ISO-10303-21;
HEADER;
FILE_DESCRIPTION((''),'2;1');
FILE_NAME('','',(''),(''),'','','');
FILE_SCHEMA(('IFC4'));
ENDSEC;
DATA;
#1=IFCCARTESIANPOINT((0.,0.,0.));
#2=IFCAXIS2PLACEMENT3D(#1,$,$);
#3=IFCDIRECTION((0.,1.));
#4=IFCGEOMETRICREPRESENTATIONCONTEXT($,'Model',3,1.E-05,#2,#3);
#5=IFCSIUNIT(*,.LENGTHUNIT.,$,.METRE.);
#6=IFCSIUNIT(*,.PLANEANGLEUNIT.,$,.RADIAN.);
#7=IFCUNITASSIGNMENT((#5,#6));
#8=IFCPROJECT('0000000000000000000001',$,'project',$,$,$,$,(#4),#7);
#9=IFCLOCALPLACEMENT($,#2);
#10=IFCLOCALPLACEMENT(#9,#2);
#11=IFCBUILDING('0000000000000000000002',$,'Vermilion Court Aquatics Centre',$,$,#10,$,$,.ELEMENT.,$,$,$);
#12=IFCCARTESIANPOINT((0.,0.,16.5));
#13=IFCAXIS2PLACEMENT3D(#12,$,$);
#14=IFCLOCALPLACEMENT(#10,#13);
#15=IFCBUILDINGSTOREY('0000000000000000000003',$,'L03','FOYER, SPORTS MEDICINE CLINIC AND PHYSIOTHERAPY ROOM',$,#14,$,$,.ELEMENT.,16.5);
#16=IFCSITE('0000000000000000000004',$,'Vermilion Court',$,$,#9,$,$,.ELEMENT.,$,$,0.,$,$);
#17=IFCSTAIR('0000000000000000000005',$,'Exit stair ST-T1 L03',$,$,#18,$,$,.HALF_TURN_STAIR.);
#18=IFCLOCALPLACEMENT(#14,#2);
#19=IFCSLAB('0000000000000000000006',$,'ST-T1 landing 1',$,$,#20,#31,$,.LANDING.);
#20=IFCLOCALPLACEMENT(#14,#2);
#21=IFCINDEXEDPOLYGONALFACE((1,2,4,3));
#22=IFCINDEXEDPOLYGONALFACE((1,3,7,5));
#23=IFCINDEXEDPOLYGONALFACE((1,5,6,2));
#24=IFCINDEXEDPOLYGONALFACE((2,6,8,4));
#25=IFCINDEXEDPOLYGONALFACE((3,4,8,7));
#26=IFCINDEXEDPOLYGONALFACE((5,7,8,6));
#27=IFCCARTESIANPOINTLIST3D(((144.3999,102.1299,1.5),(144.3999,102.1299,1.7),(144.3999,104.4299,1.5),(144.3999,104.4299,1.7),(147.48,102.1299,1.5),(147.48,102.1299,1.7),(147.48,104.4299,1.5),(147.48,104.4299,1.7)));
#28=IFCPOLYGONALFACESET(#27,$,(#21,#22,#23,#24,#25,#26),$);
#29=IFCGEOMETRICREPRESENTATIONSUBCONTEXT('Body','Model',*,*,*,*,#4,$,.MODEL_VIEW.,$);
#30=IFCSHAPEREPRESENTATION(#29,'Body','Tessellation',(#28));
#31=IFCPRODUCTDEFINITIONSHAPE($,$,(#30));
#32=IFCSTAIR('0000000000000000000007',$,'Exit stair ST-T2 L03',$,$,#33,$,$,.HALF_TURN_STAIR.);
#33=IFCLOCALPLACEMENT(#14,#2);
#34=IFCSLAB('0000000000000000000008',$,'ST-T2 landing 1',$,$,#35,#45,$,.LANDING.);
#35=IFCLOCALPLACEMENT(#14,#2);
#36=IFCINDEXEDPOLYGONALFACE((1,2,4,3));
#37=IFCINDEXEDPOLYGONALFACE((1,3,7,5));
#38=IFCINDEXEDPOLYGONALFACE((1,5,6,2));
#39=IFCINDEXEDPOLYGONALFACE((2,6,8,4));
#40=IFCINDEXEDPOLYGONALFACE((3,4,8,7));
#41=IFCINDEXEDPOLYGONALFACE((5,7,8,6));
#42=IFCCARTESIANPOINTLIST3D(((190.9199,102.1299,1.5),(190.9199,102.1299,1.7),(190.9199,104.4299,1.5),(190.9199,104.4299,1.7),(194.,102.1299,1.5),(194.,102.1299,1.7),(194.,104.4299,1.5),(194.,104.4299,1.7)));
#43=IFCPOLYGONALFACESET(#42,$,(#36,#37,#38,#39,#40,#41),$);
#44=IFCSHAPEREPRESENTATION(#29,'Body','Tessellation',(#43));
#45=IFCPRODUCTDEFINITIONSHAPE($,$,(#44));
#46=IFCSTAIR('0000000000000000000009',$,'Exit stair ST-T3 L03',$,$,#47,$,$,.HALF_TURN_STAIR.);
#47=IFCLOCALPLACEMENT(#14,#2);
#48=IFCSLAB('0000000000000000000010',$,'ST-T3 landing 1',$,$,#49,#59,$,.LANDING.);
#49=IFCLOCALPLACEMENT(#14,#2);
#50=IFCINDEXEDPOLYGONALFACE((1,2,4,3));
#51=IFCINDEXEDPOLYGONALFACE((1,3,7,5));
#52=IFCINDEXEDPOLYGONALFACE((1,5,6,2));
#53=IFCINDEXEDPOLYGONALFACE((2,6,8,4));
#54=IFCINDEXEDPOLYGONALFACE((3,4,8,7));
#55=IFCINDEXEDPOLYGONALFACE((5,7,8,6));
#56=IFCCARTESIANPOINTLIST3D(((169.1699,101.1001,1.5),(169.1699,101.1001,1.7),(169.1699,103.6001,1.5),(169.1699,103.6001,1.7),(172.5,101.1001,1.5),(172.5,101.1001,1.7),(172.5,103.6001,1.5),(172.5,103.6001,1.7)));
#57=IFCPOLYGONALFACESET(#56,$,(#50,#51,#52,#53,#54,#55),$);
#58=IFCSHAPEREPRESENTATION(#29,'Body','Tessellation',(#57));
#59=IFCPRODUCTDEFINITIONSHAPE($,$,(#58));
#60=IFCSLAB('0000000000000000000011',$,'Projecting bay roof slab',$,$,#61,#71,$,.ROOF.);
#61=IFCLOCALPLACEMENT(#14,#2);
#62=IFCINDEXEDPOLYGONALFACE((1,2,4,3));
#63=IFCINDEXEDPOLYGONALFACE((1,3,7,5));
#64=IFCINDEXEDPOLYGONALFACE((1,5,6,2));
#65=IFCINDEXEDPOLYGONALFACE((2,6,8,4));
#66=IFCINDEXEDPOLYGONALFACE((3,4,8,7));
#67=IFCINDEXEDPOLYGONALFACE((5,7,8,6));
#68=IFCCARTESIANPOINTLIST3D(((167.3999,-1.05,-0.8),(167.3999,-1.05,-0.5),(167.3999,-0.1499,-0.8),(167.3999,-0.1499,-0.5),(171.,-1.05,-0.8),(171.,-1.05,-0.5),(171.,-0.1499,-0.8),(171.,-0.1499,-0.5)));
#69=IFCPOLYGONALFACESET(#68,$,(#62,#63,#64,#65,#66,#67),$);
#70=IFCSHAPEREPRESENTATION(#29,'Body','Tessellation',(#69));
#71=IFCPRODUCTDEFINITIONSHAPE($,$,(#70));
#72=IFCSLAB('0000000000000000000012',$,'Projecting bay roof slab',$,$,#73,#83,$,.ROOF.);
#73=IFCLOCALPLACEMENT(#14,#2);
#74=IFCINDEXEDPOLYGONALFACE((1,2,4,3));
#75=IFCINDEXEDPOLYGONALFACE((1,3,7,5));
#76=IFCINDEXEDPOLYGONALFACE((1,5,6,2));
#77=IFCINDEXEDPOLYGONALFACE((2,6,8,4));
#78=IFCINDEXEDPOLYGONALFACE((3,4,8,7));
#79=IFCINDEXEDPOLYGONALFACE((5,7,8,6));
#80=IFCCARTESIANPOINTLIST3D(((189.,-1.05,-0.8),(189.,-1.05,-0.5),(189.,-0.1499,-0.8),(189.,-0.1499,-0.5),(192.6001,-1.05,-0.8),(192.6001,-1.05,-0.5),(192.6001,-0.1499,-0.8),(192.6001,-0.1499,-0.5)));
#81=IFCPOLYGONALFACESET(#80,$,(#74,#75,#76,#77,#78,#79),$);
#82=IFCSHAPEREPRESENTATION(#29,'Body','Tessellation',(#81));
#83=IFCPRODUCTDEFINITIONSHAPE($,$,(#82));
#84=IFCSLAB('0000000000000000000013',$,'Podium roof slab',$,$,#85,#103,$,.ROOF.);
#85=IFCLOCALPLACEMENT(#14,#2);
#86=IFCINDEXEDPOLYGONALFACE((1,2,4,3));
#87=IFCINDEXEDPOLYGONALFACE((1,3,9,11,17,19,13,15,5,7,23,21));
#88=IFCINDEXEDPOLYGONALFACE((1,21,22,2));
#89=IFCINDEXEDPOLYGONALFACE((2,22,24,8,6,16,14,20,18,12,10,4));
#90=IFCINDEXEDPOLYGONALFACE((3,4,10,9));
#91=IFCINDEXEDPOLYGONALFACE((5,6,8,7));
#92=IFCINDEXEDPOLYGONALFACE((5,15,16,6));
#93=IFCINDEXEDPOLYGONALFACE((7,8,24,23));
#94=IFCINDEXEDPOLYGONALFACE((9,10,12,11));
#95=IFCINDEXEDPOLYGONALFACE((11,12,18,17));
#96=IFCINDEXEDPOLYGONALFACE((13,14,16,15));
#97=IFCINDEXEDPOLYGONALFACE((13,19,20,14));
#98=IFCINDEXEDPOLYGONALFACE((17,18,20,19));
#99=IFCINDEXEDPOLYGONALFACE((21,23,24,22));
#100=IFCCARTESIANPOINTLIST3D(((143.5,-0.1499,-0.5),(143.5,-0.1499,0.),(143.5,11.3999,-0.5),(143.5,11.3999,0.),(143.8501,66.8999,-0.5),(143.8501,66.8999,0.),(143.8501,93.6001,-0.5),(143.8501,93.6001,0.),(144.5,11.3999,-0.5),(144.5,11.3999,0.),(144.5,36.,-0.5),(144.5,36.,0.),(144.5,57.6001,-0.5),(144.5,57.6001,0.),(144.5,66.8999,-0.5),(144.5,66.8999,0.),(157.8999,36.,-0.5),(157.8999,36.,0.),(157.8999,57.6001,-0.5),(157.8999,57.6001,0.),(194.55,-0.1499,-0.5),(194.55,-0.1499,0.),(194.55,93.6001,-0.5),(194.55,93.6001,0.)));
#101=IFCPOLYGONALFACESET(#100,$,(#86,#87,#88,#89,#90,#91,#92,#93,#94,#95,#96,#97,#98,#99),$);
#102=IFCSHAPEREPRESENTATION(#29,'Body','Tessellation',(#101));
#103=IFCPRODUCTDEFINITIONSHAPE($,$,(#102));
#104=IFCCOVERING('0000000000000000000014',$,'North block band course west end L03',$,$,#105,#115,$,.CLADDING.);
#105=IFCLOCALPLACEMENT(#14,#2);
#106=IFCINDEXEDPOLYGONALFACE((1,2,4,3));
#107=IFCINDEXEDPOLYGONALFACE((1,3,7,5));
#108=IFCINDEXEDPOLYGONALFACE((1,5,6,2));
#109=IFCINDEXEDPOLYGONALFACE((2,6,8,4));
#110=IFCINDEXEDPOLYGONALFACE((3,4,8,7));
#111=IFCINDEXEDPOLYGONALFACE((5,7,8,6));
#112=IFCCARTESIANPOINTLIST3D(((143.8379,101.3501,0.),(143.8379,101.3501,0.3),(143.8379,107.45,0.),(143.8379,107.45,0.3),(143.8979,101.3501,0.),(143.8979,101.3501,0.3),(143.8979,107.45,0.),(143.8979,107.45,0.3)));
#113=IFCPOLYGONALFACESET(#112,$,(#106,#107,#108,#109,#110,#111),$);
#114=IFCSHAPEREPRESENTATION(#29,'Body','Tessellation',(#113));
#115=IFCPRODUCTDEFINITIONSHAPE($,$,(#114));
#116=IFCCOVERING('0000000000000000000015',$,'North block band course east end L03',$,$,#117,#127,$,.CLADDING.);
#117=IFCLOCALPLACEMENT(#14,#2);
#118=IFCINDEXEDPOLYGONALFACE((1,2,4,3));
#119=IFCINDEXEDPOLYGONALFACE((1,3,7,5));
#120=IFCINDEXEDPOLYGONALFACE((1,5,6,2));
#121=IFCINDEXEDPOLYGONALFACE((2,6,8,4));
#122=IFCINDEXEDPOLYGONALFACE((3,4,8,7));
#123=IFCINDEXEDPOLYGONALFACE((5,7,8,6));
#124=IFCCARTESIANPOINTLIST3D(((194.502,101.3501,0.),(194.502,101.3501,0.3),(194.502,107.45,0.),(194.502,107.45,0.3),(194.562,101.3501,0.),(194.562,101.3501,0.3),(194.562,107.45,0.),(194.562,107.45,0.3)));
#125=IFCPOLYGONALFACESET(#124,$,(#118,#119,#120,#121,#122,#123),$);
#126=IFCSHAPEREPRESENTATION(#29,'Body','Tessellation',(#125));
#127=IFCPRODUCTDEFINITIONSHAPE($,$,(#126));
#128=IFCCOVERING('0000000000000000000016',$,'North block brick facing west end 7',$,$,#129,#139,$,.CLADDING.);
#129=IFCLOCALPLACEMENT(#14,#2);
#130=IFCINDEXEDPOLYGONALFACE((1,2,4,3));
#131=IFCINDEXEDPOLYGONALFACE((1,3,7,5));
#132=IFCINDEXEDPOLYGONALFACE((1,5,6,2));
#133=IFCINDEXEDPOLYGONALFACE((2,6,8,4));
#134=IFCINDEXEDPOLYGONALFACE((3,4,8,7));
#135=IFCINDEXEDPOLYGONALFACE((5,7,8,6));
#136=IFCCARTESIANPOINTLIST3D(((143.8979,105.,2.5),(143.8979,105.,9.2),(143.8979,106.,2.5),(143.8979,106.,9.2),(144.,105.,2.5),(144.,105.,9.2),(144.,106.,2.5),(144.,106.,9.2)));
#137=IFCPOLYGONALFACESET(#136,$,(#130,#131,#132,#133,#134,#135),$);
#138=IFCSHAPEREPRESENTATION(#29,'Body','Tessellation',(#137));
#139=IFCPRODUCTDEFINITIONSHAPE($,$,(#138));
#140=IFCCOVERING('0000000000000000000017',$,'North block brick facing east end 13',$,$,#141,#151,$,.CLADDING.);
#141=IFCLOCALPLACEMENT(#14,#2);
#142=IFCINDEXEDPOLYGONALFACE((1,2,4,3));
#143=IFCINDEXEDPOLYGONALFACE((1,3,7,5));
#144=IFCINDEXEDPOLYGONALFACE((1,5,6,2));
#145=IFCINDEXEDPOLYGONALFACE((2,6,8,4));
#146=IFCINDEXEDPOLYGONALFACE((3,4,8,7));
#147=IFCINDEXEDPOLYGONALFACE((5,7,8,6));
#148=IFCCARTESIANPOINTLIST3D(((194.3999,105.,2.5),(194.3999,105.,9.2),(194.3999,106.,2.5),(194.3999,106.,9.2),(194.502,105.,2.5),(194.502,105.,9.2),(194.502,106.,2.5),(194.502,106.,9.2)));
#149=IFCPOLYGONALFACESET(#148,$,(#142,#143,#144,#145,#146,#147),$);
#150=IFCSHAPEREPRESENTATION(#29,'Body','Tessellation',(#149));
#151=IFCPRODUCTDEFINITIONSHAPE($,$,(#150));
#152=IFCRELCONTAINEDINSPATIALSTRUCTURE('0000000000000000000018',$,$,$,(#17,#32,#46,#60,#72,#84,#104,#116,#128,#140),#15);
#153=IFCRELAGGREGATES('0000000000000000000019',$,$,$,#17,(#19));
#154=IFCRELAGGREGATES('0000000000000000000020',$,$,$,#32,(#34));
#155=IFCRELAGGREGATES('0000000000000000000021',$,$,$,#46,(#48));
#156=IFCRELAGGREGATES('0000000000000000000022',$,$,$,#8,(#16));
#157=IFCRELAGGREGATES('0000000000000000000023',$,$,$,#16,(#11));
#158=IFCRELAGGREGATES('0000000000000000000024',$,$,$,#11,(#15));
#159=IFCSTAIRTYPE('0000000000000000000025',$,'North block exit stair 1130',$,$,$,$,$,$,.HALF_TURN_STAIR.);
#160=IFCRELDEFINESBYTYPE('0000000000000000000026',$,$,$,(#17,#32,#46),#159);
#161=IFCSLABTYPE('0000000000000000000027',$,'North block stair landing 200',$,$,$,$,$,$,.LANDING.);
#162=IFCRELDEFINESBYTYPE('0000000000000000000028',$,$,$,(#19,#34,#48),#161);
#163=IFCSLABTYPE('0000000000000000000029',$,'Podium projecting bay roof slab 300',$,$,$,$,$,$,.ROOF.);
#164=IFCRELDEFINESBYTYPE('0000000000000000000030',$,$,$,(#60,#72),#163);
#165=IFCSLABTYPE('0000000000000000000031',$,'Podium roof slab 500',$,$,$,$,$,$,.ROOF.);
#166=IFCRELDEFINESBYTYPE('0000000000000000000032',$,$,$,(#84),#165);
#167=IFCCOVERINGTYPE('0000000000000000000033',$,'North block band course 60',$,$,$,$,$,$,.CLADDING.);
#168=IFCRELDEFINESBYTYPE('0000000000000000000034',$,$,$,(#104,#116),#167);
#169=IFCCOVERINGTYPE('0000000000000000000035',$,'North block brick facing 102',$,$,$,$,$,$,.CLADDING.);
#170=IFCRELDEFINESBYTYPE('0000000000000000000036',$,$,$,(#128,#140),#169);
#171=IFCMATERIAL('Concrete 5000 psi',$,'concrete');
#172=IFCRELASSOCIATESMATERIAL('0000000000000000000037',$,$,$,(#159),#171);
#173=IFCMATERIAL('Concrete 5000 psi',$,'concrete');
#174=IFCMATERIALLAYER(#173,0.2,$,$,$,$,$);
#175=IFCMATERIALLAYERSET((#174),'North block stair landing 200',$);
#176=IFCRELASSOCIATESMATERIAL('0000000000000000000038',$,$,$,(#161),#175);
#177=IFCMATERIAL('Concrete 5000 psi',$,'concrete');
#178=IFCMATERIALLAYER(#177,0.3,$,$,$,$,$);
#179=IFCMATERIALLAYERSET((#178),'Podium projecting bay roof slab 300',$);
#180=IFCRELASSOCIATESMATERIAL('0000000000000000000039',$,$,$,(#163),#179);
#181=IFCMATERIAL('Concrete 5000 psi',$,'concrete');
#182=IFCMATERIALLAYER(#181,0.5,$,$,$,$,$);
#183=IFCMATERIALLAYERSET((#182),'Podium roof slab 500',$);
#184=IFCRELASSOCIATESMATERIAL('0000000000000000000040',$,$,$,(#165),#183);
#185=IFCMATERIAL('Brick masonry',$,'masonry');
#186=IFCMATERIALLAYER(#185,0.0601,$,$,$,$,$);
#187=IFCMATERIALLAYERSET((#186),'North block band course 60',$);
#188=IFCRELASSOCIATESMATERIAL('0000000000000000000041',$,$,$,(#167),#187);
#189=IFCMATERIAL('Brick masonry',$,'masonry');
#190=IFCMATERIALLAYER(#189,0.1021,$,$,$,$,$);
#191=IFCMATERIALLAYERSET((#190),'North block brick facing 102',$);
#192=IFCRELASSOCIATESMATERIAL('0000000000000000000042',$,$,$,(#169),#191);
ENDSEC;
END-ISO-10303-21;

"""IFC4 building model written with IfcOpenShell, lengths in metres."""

from ifc_helpers import new_model, si_unit, direction, frame, origin, place, context, subcontext, project, spatial, polyline, outline, extrude, material, layer, layer_set, type_object, element, aggregate, save


model = new_model("IFC4")

# Units and contexts
model_context = context("Model", 3, precision=1e-05, world=origin(), true_north=direction((0.0, 1.0)))
body_context = subcontext(model_context, "Body", "Model", "MODEL_VIEW")
ifc_project = project(units=[si_unit("LENGTHUNIT", "METRE"), si_unit("PLANEANGLEUNIT", "RADIAN")], contexts=[model_context])

# Site, building, storey
site_placement = place(None, origin())
site = spatial("IfcSite", under=ifc_project, at=site_placement, Name="Vermilion Court", CompositionType="ELEMENT", RefElevation=0.0)
building_placement = place(site_placement, origin())
building = spatial("IfcBuilding", under=site, at=building_placement, Name="Vermilion Court Aquatics Centre", CompositionType="ELEMENT")
storey_placement = place(building_placement, frame((0.0, 0.0, 16.5)))
storey = spatial("IfcBuildingStorey", under=building, at=storey_placement, Name="L03", Description="FOYER, SPORTS MEDICINE CLINIC AND PHYSIOTHERAPY ROOM", CompositionType="ELEMENT", Elevation=16.5)

# Stairs, slabs
ifc_material_1 = material(Name="Concrete 5000 psi", Category="concrete")
stair_type_1 = type_object("IfcStairType", Name="North block exit stair 1130", PredefinedType="HALF_TURN_STAIR", material=ifc_material_1)
stair_1_placement = place(storey_placement, origin())
stair_1 = element("IfcStair", 1, at=stair_1_placement, inside=storey, type_object=stair_type_1, Name="Exit stair ST-T1 L03", PredefinedType="HALF_TURN_STAIR")
ifc_material_2 = material(Name="Concrete 5000 psi", Category="concrete")
ifc_layer_1 = layer(ifc_material_2, 0.2)
ifc_layer_set_1 = layer_set([ifc_layer_1], Name="North block stair landing 200")
slab_type_1 = type_object("IfcSlabType", Name="North block stair landing 200", PredefinedType="LANDING", material=ifc_layer_set_1)
slab_1_placement = place(storey_placement, frame((0.0, 0.0, 1.5)))
slab_1 = element("IfcSlab", 2, at=slab_1_placement, type_object=slab_type_1, Name="ST-T1 landing 1", PredefinedType="LANDING", context=body_context, shape_type="SweptSolid", body=[
    extrude(outline(polyline([(144.3999, 102.1299), (147.48, 102.1299), (147.48, 104.4299), (144.3999, 104.4299), (144.3999, 102.1299)])), origin(), (0.0, 0.0, 1.0), 0.2),
])
aggregate(stair_1, [slab_1])
stair_2_placement = place(storey_placement, origin())
stair_2 = element("IfcStair", 3, at=stair_2_placement, inside=storey, type_object=stair_type_1, Name="Exit stair ST-T2 L03", PredefinedType="HALF_TURN_STAIR")
slab_2_placement = place(storey_placement, frame((0.0, 0.0, 1.5)))
slab_2 = element("IfcSlab", 4, at=slab_2_placement, type_object=slab_type_1, Name="ST-T2 landing 1", PredefinedType="LANDING", context=body_context, shape_type="SweptSolid", body=[
    extrude(outline(polyline([(190.9199, 102.1299), (194.0, 102.1299), (194.0, 104.4299), (190.9199, 104.4299), (190.9199, 102.1299)])), origin(), (0.0, 0.0, 1.0), 0.2),
])
aggregate(stair_2, [slab_2])
stair_3_placement = place(storey_placement, origin())
stair_3 = element("IfcStair", 5, at=stair_3_placement, inside=storey, type_object=stair_type_1, Name="Exit stair ST-T3 L03", PredefinedType="HALF_TURN_STAIR")
slab_3_placement = place(storey_placement, frame((0.0, 0.0, 1.5)))
slab_3 = element("IfcSlab", 6, at=slab_3_placement, type_object=slab_type_1, Name="ST-T3 landing 1", PredefinedType="LANDING", context=body_context, shape_type="SweptSolid", body=[
    extrude(outline(polyline([(169.1699, 101.1001), (172.5, 101.1001), (172.5, 103.6001), (169.1699, 103.6001), (169.1699, 101.1001)])), origin(), (0.0, 0.0, 1.0), 0.2),
])
aggregate(stair_3, [slab_3])

# Slabs
ifc_material_3 = material(Name="Concrete 5000 psi", Category="concrete")
ifc_layer_2 = layer(ifc_material_3, 0.3)
ifc_layer_set_2 = layer_set([ifc_layer_2], Name="Podium projecting bay roof slab 300")
slab_type_2 = type_object("IfcSlabType", Name="Podium projecting bay roof slab 300", PredefinedType="ROOF", material=ifc_layer_set_2)
slab_4_placement = place(storey_placement, frame((0.0, 0.0, -0.8)))
element("IfcSlab", 7, at=slab_4_placement, inside=storey, type_object=slab_type_2, Name="Projecting bay roof slab", PredefinedType="ROOF", context=body_context, shape_type="SweptSolid", body=[
    extrude(outline(polyline([(171.0, -1.05), (171.0, -0.1499), (167.3999, -0.1499), (167.3999, -1.05), (171.0, -1.05)])), origin(), (0.0, 0.0, 1.0), 0.3),
])
slab_5_placement = place(storey_placement, frame((0.0, 0.0, -0.8)))
element("IfcSlab", 8, at=slab_5_placement, inside=storey, type_object=slab_type_2, Name="Projecting bay roof slab", PredefinedType="ROOF", context=body_context, shape_type="SweptSolid", body=[
    extrude(outline(polyline([(192.6001, -1.05), (192.6001, -0.1499), (189.0, -0.1499), (189.0, -1.05), (192.6001, -1.05)])), origin(), (0.0, 0.0, 1.0), 0.3),
])
ifc_material_4 = material(Name="Concrete 5000 psi", Category="concrete")
ifc_layer_3 = layer(ifc_material_4, 0.5)
ifc_layer_set_3 = layer_set([ifc_layer_3], Name="Podium roof slab 500")
slab_type_3 = type_object("IfcSlabType", Name="Podium roof slab 500", PredefinedType="ROOF", material=ifc_layer_set_3)
slab_6_placement = place(storey_placement, frame((0.0, 0.0, -0.5)))
element("IfcSlab", 9, at=slab_6_placement, inside=storey, type_object=slab_type_3, Name="Podium roof slab", PredefinedType="ROOF", context=body_context, shape_type="SweptSolid", body=[
    extrude(outline(polyline([(143.5, -0.1499), (143.5, 11.3999), (144.5, 11.3999), (144.5, 36.0), (157.8999, 36.0), (157.8999, 57.6001), (144.5, 57.6001), (144.5, 66.8999), (143.8501, 66.8999), (143.8501, 93.6001), (194.55, 93.6001), (194.55, -0.1499), (143.5, -0.1499)])), origin(), (0.0, 0.0, 1.0), 0.5),
])

# Coverings
ifc_material_5 = material(Name="Brick masonry", Category="masonry")
ifc_layer_4 = layer(ifc_material_5, 0.0601)
ifc_layer_set_4 = layer_set([ifc_layer_4], Name="North block band course 60")
covering_type_1 = type_object("IfcCoveringType", Name="North block band course 60", PredefinedType="CLADDING", material=ifc_layer_set_4)
covering_1_placement = place(storey_placement, origin())
element("IfcCovering", 10, at=covering_1_placement, inside=storey, type_object=covering_type_1, Name="North block band course west end L03", PredefinedType="CLADDING", context=body_context, shape_type="SweptSolid", body=[
    extrude(outline(polyline([(143.8379, 101.3501), (143.8979, 101.3501), (143.8979, 107.45), (143.8379, 107.45), (143.8379, 101.3501)])), origin(), (0.0, 0.0, 1.0), 0.3),
])
covering_2_placement = place(storey_placement, origin())
element("IfcCovering", 11, at=covering_2_placement, inside=storey, type_object=covering_type_1, Name="North block band course east end L03", PredefinedType="CLADDING", context=body_context, shape_type="SweptSolid", body=[
    extrude(outline(polyline([(194.502, 101.3501), (194.562, 101.3501), (194.562, 107.45), (194.502, 107.45), (194.502, 101.3501)])), origin(), (0.0, 0.0, 1.0), 0.3),
])
ifc_material_6 = material(Name="Brick masonry", Category="masonry")
ifc_layer_5 = layer(ifc_material_6, 0.1021)
ifc_layer_set_5 = layer_set([ifc_layer_5], Name="North block brick facing 102")
covering_type_2 = type_object("IfcCoveringType", Name="North block brick facing 102", PredefinedType="CLADDING", material=ifc_layer_set_5)
covering_3_placement = place(storey_placement, frame((0.0, 0.0, 2.5)))
element("IfcCovering", 12, at=covering_3_placement, inside=storey, type_object=covering_type_2, Name="North block brick facing west end 7", PredefinedType="CLADDING", context=body_context, shape_type="SweptSolid", body=[
    extrude(outline(polyline([(143.8979, 105.0), (144.0, 105.0), (144.0, 106.0), (143.8979, 106.0), (143.8979, 105.0)])), origin(), (0.0, 0.0, 1.0), 6.7),
])
covering_4_placement = place(storey_placement, frame((0.0, 0.0, 2.5)))
element("IfcCovering", 13, at=covering_4_placement, inside=storey, type_object=covering_type_2, Name="North block brick facing east end 13", PredefinedType="CLADDING", context=body_context, shape_type="SweptSolid", body=[
    extrude(outline(polyline([(194.3999, 105.0), (194.502, 105.0), (194.502, 106.0), (194.3999, 106.0), (194.3999, 105.0)])), origin(), (0.0, 0.0, 1.0), 6.7),
])

save(model, "model.ifc")
